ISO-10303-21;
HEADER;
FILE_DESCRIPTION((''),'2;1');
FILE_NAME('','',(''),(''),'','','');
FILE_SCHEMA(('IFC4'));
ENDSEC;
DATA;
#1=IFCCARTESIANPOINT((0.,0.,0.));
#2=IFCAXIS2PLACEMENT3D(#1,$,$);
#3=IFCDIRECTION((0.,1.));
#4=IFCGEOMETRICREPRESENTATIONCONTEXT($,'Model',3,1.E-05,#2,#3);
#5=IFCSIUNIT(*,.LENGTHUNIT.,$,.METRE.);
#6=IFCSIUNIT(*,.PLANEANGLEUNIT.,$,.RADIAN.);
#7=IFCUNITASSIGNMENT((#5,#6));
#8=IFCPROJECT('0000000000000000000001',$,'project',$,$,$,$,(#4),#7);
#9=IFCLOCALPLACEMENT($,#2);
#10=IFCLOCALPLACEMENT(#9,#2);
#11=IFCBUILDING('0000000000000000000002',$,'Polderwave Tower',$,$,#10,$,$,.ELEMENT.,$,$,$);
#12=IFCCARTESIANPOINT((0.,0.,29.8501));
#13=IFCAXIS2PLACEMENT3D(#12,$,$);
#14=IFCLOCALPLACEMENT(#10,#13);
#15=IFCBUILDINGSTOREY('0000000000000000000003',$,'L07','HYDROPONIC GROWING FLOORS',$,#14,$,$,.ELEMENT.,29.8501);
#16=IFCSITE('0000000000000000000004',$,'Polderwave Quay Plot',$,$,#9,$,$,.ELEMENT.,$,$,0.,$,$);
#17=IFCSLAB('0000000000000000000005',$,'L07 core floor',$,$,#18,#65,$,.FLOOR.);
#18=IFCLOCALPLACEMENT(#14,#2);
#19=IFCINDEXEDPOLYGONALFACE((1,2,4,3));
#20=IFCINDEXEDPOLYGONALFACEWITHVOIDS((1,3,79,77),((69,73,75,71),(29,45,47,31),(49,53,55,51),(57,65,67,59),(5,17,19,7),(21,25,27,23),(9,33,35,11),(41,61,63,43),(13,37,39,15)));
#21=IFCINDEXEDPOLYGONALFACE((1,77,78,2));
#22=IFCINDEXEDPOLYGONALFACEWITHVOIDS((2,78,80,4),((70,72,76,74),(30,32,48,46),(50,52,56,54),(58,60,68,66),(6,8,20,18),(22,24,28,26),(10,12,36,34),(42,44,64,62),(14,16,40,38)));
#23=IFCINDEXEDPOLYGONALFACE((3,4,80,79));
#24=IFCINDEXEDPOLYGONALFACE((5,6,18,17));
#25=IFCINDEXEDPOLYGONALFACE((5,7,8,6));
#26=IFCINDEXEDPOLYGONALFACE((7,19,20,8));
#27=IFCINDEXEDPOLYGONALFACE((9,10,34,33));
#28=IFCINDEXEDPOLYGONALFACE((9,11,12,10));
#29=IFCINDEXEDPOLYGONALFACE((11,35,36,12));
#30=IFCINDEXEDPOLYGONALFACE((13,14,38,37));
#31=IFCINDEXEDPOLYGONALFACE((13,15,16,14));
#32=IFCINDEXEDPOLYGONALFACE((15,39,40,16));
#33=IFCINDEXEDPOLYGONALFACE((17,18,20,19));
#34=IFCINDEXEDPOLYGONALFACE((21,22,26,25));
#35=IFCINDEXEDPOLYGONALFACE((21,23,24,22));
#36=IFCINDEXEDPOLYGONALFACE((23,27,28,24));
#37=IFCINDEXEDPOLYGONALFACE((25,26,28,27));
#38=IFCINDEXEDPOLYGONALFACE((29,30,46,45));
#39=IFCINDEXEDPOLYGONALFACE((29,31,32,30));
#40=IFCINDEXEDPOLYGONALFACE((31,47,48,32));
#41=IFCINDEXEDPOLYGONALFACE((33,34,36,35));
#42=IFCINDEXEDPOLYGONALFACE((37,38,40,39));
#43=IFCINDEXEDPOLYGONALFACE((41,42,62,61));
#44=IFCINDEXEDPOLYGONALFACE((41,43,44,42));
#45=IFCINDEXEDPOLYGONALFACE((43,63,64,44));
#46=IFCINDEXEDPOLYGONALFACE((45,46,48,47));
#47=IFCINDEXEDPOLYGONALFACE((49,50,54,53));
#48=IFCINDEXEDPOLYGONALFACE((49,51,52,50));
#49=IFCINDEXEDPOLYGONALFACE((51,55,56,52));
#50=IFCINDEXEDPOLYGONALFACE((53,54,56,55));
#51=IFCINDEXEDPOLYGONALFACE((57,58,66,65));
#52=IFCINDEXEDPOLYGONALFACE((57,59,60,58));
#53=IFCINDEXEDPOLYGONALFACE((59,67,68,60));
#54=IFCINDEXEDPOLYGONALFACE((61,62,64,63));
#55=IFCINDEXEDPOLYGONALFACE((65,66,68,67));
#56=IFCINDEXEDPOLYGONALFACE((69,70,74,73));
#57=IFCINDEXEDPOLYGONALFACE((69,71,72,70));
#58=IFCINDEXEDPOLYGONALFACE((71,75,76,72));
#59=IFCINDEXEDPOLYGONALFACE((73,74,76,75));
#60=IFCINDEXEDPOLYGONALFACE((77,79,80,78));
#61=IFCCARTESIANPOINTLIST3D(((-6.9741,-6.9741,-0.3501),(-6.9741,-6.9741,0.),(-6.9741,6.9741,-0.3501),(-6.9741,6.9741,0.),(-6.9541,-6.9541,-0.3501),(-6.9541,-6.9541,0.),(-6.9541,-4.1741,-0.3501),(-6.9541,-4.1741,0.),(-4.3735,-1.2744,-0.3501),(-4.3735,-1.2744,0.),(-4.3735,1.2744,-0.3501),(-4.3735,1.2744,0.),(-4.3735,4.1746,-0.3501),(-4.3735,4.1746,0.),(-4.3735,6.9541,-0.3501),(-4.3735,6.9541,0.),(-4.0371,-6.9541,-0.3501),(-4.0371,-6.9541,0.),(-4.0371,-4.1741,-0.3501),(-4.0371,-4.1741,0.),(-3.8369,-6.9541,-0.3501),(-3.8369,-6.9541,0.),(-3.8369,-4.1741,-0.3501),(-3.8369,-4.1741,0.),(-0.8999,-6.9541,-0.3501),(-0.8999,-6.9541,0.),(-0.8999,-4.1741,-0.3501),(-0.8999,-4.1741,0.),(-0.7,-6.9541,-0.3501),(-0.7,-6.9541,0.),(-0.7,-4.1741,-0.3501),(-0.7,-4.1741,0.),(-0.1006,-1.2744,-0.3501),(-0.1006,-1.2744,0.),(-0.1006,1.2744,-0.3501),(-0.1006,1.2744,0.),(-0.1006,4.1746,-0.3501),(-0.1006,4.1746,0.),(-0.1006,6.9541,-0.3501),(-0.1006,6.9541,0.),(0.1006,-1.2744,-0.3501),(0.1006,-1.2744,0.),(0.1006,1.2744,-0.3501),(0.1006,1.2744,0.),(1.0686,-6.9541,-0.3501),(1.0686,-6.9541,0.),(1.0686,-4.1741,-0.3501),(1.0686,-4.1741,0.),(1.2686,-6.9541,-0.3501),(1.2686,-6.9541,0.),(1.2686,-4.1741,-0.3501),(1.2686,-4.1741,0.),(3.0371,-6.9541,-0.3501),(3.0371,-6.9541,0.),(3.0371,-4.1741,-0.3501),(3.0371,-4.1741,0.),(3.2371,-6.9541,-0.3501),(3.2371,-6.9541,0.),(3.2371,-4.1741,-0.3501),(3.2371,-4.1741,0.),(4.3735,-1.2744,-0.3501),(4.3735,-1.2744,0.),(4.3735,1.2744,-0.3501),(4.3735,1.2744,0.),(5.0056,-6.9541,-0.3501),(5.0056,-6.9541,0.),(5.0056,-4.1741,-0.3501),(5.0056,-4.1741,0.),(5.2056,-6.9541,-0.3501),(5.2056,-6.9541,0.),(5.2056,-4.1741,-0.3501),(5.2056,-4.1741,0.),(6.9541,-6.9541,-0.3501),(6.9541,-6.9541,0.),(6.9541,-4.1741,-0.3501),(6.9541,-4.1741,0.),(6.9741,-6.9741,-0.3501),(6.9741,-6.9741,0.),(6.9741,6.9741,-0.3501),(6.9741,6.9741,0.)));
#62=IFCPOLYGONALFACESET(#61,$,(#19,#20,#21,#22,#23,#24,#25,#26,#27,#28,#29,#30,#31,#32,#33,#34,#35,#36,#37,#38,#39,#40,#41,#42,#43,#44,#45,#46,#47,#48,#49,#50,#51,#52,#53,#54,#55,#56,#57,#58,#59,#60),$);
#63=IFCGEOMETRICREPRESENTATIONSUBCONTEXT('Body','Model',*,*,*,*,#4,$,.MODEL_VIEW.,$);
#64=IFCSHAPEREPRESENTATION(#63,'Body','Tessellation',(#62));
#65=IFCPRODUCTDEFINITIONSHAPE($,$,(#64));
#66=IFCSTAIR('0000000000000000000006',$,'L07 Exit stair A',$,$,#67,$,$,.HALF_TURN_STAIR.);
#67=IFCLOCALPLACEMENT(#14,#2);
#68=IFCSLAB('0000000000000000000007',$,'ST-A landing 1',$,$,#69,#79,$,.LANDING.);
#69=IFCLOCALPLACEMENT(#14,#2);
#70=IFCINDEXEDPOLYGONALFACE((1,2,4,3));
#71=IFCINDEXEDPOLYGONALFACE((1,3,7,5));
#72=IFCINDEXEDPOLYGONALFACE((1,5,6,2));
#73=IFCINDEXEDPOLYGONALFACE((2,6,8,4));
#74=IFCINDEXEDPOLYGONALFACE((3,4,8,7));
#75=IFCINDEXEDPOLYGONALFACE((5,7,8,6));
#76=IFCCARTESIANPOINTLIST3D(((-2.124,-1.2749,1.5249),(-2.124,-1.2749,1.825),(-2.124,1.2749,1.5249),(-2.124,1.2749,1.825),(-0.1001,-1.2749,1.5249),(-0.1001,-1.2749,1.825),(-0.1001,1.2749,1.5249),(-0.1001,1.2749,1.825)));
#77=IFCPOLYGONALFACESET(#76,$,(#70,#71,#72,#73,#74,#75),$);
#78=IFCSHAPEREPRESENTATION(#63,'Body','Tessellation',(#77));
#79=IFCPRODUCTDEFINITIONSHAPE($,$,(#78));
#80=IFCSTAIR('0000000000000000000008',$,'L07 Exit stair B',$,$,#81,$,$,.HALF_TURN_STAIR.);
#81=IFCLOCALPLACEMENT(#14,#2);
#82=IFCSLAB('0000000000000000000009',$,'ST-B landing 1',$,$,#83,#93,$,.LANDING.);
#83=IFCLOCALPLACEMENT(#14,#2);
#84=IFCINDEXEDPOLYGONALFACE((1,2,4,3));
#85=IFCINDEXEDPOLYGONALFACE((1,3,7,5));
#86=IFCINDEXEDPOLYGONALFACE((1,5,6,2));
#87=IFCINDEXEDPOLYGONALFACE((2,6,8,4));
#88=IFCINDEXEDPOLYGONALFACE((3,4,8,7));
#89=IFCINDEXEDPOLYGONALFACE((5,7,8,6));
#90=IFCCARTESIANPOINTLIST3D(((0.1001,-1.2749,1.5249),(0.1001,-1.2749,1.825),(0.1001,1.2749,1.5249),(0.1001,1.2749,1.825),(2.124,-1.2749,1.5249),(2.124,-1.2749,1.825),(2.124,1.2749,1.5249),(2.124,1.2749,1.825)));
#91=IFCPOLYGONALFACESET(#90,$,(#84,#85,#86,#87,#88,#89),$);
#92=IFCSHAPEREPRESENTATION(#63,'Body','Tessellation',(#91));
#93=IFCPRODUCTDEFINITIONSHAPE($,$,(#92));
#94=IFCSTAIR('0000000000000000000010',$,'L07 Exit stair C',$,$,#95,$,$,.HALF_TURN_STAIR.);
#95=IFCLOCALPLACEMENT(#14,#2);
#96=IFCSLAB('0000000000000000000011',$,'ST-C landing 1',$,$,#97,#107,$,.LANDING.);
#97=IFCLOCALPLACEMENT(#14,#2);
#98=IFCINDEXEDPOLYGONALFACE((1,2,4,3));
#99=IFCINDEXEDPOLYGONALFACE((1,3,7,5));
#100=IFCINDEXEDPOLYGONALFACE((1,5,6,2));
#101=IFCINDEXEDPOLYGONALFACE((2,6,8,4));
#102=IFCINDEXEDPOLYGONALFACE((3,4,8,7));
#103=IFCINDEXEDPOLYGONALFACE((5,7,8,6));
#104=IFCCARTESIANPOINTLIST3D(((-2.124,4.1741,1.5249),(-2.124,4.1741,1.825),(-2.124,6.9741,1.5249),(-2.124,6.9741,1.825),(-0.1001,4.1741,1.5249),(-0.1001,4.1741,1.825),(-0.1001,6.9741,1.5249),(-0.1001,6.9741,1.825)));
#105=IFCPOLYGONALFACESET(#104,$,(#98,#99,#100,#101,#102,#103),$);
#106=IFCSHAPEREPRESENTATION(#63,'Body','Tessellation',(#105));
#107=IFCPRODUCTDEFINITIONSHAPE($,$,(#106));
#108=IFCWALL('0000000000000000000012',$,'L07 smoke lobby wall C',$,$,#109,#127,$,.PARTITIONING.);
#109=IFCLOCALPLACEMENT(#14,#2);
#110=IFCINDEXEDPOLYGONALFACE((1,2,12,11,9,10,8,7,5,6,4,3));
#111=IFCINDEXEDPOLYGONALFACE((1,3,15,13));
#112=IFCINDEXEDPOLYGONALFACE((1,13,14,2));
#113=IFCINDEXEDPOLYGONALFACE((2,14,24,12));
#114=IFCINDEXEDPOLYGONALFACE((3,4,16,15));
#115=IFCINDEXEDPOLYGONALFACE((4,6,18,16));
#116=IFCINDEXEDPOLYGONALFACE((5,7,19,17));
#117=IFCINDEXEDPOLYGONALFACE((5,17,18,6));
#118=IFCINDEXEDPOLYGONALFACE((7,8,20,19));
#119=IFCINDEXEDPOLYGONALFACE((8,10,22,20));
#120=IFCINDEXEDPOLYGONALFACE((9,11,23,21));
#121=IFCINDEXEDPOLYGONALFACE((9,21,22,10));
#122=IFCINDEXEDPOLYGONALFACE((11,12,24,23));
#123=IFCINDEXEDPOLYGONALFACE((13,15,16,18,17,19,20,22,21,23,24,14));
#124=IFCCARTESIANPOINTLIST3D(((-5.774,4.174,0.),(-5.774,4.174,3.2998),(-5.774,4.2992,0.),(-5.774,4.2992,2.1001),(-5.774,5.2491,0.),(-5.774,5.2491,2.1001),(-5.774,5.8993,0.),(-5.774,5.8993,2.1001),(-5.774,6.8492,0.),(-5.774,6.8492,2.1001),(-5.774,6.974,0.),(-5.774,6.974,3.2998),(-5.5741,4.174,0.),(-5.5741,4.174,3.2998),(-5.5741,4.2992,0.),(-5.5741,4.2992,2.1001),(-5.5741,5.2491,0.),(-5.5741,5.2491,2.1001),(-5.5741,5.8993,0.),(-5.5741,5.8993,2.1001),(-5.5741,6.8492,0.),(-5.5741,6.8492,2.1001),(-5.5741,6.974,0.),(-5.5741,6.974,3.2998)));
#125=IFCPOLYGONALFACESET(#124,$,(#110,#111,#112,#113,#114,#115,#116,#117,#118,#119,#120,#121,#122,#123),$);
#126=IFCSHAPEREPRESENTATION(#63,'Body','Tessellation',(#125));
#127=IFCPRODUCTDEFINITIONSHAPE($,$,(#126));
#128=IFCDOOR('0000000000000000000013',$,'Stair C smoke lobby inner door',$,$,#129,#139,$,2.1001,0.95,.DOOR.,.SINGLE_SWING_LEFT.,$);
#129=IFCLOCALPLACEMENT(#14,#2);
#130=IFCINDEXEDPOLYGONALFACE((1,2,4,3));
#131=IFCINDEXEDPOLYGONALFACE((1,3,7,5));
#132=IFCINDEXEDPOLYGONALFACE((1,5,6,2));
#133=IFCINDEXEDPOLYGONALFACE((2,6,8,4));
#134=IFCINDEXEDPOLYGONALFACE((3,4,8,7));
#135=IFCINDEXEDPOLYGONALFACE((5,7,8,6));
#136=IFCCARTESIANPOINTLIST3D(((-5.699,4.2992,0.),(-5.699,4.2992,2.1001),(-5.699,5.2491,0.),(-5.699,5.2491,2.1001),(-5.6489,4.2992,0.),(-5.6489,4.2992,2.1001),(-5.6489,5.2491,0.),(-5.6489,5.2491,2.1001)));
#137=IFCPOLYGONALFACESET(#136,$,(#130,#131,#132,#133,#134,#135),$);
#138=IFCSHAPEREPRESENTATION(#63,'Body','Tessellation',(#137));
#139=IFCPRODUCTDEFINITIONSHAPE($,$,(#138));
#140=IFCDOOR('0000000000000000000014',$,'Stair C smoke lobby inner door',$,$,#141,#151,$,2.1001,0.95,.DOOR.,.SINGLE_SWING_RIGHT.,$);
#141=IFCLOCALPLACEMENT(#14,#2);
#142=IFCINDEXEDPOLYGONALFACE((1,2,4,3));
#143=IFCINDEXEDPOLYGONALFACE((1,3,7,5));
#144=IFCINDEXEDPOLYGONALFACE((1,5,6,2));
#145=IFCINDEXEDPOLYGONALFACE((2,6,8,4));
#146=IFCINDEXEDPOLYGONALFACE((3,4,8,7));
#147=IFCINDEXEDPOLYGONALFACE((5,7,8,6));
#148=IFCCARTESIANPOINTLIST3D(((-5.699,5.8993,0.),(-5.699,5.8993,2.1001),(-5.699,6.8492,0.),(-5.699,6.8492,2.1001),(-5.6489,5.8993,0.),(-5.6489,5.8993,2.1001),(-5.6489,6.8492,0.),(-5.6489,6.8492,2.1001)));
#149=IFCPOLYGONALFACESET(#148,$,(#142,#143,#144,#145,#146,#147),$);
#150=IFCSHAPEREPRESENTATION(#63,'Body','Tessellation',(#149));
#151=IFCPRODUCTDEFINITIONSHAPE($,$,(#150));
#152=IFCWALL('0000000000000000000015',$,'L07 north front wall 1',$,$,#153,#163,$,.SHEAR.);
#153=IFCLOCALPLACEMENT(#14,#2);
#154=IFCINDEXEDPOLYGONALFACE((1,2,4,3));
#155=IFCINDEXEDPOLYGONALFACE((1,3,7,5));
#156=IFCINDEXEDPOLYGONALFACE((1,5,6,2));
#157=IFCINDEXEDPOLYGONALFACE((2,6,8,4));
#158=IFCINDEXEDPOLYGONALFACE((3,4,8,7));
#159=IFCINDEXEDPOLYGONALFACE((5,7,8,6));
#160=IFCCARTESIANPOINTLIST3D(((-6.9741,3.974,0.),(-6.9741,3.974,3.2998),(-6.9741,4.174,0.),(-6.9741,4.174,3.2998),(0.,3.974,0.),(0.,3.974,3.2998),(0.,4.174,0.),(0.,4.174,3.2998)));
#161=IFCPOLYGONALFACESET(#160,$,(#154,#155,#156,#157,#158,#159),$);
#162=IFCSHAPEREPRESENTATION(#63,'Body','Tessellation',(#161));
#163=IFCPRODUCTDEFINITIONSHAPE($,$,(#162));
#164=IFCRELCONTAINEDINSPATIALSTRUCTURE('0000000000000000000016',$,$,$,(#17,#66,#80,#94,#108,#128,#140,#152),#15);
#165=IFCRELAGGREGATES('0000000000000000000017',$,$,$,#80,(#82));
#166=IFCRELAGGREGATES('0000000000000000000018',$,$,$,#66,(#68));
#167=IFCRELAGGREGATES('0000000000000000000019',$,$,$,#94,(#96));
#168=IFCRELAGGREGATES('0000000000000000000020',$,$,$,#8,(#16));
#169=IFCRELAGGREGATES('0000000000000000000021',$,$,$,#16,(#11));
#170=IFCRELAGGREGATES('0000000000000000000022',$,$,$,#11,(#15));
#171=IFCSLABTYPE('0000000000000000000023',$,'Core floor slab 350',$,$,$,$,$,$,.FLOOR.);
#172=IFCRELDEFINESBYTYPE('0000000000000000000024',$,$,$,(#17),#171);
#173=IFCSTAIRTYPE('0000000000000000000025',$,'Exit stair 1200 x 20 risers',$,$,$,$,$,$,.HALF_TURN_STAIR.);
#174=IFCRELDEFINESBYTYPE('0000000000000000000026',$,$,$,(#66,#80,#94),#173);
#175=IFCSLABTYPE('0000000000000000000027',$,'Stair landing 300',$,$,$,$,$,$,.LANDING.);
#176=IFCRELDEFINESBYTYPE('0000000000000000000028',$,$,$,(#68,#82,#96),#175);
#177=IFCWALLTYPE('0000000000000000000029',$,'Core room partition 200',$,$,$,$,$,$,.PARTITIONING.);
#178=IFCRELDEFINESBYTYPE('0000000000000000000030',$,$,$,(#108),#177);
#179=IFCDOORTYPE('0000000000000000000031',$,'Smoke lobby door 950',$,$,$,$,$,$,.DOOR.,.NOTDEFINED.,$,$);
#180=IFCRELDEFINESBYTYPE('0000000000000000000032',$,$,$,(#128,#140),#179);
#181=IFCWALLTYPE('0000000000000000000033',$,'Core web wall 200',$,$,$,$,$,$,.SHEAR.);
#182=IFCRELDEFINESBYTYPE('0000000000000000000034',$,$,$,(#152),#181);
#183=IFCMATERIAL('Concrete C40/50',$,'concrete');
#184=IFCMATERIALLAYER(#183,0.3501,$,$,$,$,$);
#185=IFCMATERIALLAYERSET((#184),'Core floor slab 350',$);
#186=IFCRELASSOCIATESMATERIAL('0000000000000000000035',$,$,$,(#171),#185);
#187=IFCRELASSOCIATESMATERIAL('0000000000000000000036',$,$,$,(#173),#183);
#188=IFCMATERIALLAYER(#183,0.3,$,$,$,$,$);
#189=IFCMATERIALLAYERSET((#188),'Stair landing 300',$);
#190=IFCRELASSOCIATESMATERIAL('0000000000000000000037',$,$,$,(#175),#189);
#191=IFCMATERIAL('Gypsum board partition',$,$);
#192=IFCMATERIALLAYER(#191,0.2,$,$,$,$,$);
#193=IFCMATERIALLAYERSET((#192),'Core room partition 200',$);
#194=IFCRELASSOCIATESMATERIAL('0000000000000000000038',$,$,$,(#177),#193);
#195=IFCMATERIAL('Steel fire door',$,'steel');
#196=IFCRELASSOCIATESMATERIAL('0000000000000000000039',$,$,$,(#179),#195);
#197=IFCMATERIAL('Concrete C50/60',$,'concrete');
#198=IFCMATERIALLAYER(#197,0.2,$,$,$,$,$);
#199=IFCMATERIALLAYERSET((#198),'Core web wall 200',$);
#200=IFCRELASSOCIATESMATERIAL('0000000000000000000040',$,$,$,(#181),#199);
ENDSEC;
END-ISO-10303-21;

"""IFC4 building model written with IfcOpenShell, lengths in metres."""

from ifc_helpers import new_model, si_unit, direction, frame, frame_2d, origin, place, context, subcontext, project, spatial, polyline, rectangle, outline, extrude, material, layer, layer_set, type_object, element, fill, aggregate, save


model = new_model("IFC4")

# Units and contexts
model_context = context("Model", 3, precision=1e-05, world=origin(), true_north=direction((0.0, 1.0)))
body_context = subcontext(model_context, "Body", "Model", "MODEL_VIEW")
ifc_project = project(units=[si_unit("LENGTHUNIT", "METRE"), si_unit("PLANEANGLEUNIT", "RADIAN")], contexts=[model_context])

# Site, building, storey
site_placement = place(None, origin())
site = spatial("IfcSite", under=ifc_project, at=site_placement, Name="Polderwave Quay Plot", CompositionType="ELEMENT", RefElevation=0.0)
building_placement = place(site_placement, origin())
building = spatial("IfcBuilding", under=site, at=building_placement, Name="Polderwave Tower", CompositionType="ELEMENT")
storey_placement = place(building_placement, frame((0.0, 0.0, 29.8501)))
storey = spatial("IfcBuildingStorey", under=building, at=storey_placement, Name="L07", Description="HYDROPONIC GROWING FLOORS", CompositionType="ELEMENT", Elevation=29.8501)

# Slab
ifc_material_1 = material(Name="Concrete C40/50", Category="concrete")
ifc_layer_1 = layer(ifc_material_1, 0.3501)
ifc_layer_set_1 = layer_set([ifc_layer_1], Name="Core floor slab 350")
slab_type_1 = type_object("IfcSlabType", Name="Core floor slab 350", PredefinedType="FLOOR", material=ifc_layer_set_1)
slab_1_placement = place(storey_placement, frame((0.0, 0.0, -0.3501)))
element("IfcSlab", 1, at=slab_1_placement, inside=storey, type_object=slab_type_1, Name="L07 core floor", PredefinedType="FLOOR", context=body_context, shape_type="SweptSolid", body=[
    extrude(outline(polyline([(-6.9741, -6.9741), (6.9741, -6.9741), (6.9741, 6.9741), (-6.9741, 6.9741), (-6.9741, -6.9741)]), holes=[polyline([(-6.9541, -6.9541), (-4.0371, -6.9541), (-4.0371, -4.1741), (-6.9541, -4.1741), (-6.9541, -6.9541)]), polyline([(-3.8369, -6.9541), (-0.8999, -6.9541), (-0.8999, -4.1741), (-3.8369, -4.1741), (-3.8369, -6.9541)]), polyline([(-0.7, -6.9541), (1.0686, -6.9541), (1.0686, -4.1741), (-0.7, -4.1741), (-0.7, -6.9541)]), polyline([(1.2686, -6.9541), (3.0371, -6.9541), (3.0371, -4.1741), (1.2686, -4.1741), (1.2686, -6.9541)]), polyline([(3.2371, -6.9541), (5.0056, -6.9541), (5.0056, -4.1741), (3.2371, -4.1741), (3.2371, -6.9541)]), polyline([(5.2056, -6.9541), (6.9541, -6.9541), (6.9541, -4.1741), (5.2056, -4.1741), (5.2056, -6.9541)]), polyline([(-4.3735, -1.2744), (-0.1006, -1.2744), (-0.1006, 1.2744), (-4.3735, 1.2744), (-4.3735, -1.2744)]), polyline([(0.1006, -1.2744), (4.3735, -1.2744), (4.3735, 1.2744), (0.1006, 1.2744), (0.1006, -1.2744)]), polyline([(-4.3735, 4.1746), (-0.1006, 4.1746), (-0.1006, 6.9541), (-4.3735, 6.9541), (-4.3735, 4.1746)])]), origin(), (0.0, 0.0, 1.0), 0.3501),
])

# Stairs, slabs
stair_type = type_object("IfcStairType", Name="Exit stair 1200 x 20 risers", PredefinedType="HALF_TURN_STAIR", material=ifc_material_1)
stair_1_placement = place(storey_placement, origin())
stair_1 = element("IfcStair", 2, at=stair_1_placement, inside=storey, type_object=stair_type, Name="L07 Exit stair A", PredefinedType="HALF_TURN_STAIR")
ifc_layer_2 = layer(ifc_material_1, 0.3)
ifc_layer_set_2 = layer_set([ifc_layer_2], Name="Stair landing 300")
slab_type_2 = type_object("IfcSlabType", Name="Stair landing 300", PredefinedType="LANDING", material=ifc_layer_set_2)
slab_2_placement = place(storey_placement, frame((0.0, 0.0, 1.5249)))
slab_2 = element("IfcSlab", 3, at=slab_2_placement, type_object=slab_type_2, Name="ST-A landing 1", PredefinedType="LANDING", context=body_context, shape_type="SweptSolid", body=[
    extrude(outline(polyline([(-2.124, -1.2749), (-0.1001, -1.2749), (-0.1001, 1.2749), (-2.124, 1.2749), (-2.124, -1.2749)])), origin(), (0.0, 0.0, 1.0), 0.3),
])
stair_2_placement = place(storey_placement, origin())
stair_2 = element("IfcStair", 4, at=stair_2_placement, inside=storey, type_object=stair_type, Name="L07 Exit stair B", PredefinedType="HALF_TURN_STAIR")
slab_3_placement = place(storey_placement, frame((0.0, 0.0, 1.5249)))
slab_3 = element("IfcSlab", 5, at=slab_3_placement, type_object=slab_type_2, Name="ST-B landing 1", PredefinedType="LANDING", context=body_context, shape_type="SweptSolid", body=[
    extrude(outline(polyline([(2.124, 1.2749), (0.1001, 1.2749), (0.1001, -1.2749), (2.124, -1.2749), (2.124, 1.2749)])), origin(), (0.0, 0.0, 1.0), 0.3),
])
aggregate(stair_2, [slab_3])
stair_3_placement = place(storey_placement, origin())
stair_3 = element("IfcStair", 6, at=stair_3_placement, inside=storey, type_object=stair_type, Name="L07 Exit stair C", PredefinedType="HALF_TURN_STAIR")
slab_4_placement = place(storey_placement, frame((0.0, 0.0, 1.5249)))
slab_4 = element("IfcSlab", 7, at=slab_4_placement, type_object=slab_type_2, Name="ST-C landing 1", PredefinedType="LANDING", context=body_context, shape_type="SweptSolid", body=[
    extrude(outline(polyline([(-2.124, 4.1741), (-0.1001, 4.1741), (-0.1001, 6.9741), (-2.124, 6.9741), (-2.124, 4.1741)])), origin(), (0.0, 0.0, 1.0), 0.3),
])

# Wall, openings, doors
ifc_material_2 = material(Name="Gypsum board partition")
ifc_layer_3 = layer(ifc_material_2, 0.2)
ifc_layer_set_3 = layer_set([ifc_layer_3], Name="Core room partition 200")
wall_type_1 = type_object("IfcWallType", Name="Core room partition 200", PredefinedType="PARTITIONING", material=ifc_layer_set_3)
wall_1_placement = place(storey_placement, frame((-5.6741, 4.1741, 0.0), z_axis=(0.0, 0.0, 1.0), x_axis=(0.0, 1.0, 0.0)))
wall_1 = element("IfcWall", 8, at=wall_1_placement, inside=storey, type_object=wall_type_1, Name="L07 smoke lobby wall C", PredefinedType="PARTITIONING", context=body_context, shape_type="SweptSolid", body=[
    extrude(rectangle(XDim=2.8, YDim=0.2, at=frame_2d((1.3999, 0.0))), origin(), (0.0, 0.0, 1.0), 3.2998),
])
opening_1_placement = place(wall_1_placement, frame((0.125, 0.0, 0.0)))
opening_1 = element("IfcOpeningElement", 9, at=opening_1_placement, cuts=wall_1, PredefinedType="OPENING", context=body_context, shape_type="SweptSolid", body=[
    extrude(rectangle(XDim=0.95, YDim=2.1001, at=frame_2d((0.4751, 1.05))), frame((0.0, 0.1099, 0.0), z_axis=(0.0, -1.0, 0.0), x_axis=(1.0, 0.0, 0.0)), (0.0, 0.0, 1.0), 0.22),
])
opening_2_placement = place(wall_1_placement, frame((1.7251, 0.0, 0.0)))
opening_2 = element("IfcOpeningElement", 10, at=opening_2_placement, cuts=wall_1, PredefinedType="OPENING", context=body_context, shape_type="SweptSolid", body=[
    extrude(rectangle(XDim=0.95, YDim=2.1001, at=frame_2d((0.4751, 1.05))), frame((0.0, 0.1099, 0.0), z_axis=(0.0, -1.0, 0.0), x_axis=(1.0, 0.0, 0.0)), (0.0, 0.0, 1.0), 0.22),
])
ifc_material_3 = material(Name="Steel fire door", Category="steel")
door_type_1 = type_object("IfcDoorType", Name="Smoke lobby door 950", OperationType="NOTDEFINED", PredefinedType="DOOR", material=ifc_material_3)
door_1_placement = place(opening_1_placement, origin())
door_1 = element("IfcDoor", 11, at=door_1_placement, inside=storey, type_object=door_type_1, Name="Stair C smoke lobby inner door", OperationType="SINGLE_SWING_LEFT", OverallHeight=2.1001, OverallWidth=0.95, PredefinedType="DOOR", context=body_context, shape_type="SweptSolid", body=[
    extrude(rectangle(XDim=0.95, YDim=2.1001, at=frame_2d((0.4751, 1.05))), frame((0.0, 0.0249, 0.0), z_axis=(0.0, -1.0, 0.0), x_axis=(1.0, 0.0, 0.0)), (0.0, 0.0, 1.0), 0.05),
])
fill(opening_1, door_1)
door_2_placement = place(opening_2_placement, origin())
door_2 = element("IfcDoor", 12, at=door_2_placement, inside=storey, type_object=door_type_1, Name="Stair C smoke lobby inner door", OperationType="SINGLE_SWING_RIGHT", OverallHeight=2.1001, OverallWidth=0.95, PredefinedType="DOOR", context=body_context, shape_type="SweptSolid", body=[
    extrude(rectangle(XDim=0.95, YDim=2.1001, at=frame_2d((0.4751, 1.05))), frame((0.0, 0.0249, 0.0), z_axis=(0.0, -1.0, 0.0), x_axis=(1.0, 0.0, 0.0)), (0.0, 0.0, 1.0), 0.05),
])
fill(opening_2, door_2)

# Wall
ifc_material_4 = material(Name="Concrete C50/60", Category="concrete")
ifc_layer_4 = layer(ifc_material_4, 0.2)
ifc_layer_set_4 = layer_set([ifc_layer_4], Name="Core web wall 200")
wall_type_2 = type_object("IfcWallType", Name="Core web wall 200", PredefinedType="SHEAR", material=ifc_layer_set_4)
wall_2_placement = place(storey_placement, frame((-6.9741, 4.074, 0.0), z_axis=(0.0, 0.0, 1.0), x_axis=(1.0, 0.0, 0.0)))
element("IfcWall", 13, at=wall_2_placement, inside=storey, type_object=wall_type_2, Name="L07 north front wall 1", PredefinedType="SHEAR", context=body_context, shape_type="SweptSolid", body=[
    extrude(rectangle(XDim=6.9741, YDim=0.2, at=frame_2d((3.4871, 0.0))), origin(), (0.0, 0.0, 1.0), 3.2998),
])

aggregate(stair_1, [slab_2])
aggregate(stair_3, [slab_4])

save(model, "model.ifc")
